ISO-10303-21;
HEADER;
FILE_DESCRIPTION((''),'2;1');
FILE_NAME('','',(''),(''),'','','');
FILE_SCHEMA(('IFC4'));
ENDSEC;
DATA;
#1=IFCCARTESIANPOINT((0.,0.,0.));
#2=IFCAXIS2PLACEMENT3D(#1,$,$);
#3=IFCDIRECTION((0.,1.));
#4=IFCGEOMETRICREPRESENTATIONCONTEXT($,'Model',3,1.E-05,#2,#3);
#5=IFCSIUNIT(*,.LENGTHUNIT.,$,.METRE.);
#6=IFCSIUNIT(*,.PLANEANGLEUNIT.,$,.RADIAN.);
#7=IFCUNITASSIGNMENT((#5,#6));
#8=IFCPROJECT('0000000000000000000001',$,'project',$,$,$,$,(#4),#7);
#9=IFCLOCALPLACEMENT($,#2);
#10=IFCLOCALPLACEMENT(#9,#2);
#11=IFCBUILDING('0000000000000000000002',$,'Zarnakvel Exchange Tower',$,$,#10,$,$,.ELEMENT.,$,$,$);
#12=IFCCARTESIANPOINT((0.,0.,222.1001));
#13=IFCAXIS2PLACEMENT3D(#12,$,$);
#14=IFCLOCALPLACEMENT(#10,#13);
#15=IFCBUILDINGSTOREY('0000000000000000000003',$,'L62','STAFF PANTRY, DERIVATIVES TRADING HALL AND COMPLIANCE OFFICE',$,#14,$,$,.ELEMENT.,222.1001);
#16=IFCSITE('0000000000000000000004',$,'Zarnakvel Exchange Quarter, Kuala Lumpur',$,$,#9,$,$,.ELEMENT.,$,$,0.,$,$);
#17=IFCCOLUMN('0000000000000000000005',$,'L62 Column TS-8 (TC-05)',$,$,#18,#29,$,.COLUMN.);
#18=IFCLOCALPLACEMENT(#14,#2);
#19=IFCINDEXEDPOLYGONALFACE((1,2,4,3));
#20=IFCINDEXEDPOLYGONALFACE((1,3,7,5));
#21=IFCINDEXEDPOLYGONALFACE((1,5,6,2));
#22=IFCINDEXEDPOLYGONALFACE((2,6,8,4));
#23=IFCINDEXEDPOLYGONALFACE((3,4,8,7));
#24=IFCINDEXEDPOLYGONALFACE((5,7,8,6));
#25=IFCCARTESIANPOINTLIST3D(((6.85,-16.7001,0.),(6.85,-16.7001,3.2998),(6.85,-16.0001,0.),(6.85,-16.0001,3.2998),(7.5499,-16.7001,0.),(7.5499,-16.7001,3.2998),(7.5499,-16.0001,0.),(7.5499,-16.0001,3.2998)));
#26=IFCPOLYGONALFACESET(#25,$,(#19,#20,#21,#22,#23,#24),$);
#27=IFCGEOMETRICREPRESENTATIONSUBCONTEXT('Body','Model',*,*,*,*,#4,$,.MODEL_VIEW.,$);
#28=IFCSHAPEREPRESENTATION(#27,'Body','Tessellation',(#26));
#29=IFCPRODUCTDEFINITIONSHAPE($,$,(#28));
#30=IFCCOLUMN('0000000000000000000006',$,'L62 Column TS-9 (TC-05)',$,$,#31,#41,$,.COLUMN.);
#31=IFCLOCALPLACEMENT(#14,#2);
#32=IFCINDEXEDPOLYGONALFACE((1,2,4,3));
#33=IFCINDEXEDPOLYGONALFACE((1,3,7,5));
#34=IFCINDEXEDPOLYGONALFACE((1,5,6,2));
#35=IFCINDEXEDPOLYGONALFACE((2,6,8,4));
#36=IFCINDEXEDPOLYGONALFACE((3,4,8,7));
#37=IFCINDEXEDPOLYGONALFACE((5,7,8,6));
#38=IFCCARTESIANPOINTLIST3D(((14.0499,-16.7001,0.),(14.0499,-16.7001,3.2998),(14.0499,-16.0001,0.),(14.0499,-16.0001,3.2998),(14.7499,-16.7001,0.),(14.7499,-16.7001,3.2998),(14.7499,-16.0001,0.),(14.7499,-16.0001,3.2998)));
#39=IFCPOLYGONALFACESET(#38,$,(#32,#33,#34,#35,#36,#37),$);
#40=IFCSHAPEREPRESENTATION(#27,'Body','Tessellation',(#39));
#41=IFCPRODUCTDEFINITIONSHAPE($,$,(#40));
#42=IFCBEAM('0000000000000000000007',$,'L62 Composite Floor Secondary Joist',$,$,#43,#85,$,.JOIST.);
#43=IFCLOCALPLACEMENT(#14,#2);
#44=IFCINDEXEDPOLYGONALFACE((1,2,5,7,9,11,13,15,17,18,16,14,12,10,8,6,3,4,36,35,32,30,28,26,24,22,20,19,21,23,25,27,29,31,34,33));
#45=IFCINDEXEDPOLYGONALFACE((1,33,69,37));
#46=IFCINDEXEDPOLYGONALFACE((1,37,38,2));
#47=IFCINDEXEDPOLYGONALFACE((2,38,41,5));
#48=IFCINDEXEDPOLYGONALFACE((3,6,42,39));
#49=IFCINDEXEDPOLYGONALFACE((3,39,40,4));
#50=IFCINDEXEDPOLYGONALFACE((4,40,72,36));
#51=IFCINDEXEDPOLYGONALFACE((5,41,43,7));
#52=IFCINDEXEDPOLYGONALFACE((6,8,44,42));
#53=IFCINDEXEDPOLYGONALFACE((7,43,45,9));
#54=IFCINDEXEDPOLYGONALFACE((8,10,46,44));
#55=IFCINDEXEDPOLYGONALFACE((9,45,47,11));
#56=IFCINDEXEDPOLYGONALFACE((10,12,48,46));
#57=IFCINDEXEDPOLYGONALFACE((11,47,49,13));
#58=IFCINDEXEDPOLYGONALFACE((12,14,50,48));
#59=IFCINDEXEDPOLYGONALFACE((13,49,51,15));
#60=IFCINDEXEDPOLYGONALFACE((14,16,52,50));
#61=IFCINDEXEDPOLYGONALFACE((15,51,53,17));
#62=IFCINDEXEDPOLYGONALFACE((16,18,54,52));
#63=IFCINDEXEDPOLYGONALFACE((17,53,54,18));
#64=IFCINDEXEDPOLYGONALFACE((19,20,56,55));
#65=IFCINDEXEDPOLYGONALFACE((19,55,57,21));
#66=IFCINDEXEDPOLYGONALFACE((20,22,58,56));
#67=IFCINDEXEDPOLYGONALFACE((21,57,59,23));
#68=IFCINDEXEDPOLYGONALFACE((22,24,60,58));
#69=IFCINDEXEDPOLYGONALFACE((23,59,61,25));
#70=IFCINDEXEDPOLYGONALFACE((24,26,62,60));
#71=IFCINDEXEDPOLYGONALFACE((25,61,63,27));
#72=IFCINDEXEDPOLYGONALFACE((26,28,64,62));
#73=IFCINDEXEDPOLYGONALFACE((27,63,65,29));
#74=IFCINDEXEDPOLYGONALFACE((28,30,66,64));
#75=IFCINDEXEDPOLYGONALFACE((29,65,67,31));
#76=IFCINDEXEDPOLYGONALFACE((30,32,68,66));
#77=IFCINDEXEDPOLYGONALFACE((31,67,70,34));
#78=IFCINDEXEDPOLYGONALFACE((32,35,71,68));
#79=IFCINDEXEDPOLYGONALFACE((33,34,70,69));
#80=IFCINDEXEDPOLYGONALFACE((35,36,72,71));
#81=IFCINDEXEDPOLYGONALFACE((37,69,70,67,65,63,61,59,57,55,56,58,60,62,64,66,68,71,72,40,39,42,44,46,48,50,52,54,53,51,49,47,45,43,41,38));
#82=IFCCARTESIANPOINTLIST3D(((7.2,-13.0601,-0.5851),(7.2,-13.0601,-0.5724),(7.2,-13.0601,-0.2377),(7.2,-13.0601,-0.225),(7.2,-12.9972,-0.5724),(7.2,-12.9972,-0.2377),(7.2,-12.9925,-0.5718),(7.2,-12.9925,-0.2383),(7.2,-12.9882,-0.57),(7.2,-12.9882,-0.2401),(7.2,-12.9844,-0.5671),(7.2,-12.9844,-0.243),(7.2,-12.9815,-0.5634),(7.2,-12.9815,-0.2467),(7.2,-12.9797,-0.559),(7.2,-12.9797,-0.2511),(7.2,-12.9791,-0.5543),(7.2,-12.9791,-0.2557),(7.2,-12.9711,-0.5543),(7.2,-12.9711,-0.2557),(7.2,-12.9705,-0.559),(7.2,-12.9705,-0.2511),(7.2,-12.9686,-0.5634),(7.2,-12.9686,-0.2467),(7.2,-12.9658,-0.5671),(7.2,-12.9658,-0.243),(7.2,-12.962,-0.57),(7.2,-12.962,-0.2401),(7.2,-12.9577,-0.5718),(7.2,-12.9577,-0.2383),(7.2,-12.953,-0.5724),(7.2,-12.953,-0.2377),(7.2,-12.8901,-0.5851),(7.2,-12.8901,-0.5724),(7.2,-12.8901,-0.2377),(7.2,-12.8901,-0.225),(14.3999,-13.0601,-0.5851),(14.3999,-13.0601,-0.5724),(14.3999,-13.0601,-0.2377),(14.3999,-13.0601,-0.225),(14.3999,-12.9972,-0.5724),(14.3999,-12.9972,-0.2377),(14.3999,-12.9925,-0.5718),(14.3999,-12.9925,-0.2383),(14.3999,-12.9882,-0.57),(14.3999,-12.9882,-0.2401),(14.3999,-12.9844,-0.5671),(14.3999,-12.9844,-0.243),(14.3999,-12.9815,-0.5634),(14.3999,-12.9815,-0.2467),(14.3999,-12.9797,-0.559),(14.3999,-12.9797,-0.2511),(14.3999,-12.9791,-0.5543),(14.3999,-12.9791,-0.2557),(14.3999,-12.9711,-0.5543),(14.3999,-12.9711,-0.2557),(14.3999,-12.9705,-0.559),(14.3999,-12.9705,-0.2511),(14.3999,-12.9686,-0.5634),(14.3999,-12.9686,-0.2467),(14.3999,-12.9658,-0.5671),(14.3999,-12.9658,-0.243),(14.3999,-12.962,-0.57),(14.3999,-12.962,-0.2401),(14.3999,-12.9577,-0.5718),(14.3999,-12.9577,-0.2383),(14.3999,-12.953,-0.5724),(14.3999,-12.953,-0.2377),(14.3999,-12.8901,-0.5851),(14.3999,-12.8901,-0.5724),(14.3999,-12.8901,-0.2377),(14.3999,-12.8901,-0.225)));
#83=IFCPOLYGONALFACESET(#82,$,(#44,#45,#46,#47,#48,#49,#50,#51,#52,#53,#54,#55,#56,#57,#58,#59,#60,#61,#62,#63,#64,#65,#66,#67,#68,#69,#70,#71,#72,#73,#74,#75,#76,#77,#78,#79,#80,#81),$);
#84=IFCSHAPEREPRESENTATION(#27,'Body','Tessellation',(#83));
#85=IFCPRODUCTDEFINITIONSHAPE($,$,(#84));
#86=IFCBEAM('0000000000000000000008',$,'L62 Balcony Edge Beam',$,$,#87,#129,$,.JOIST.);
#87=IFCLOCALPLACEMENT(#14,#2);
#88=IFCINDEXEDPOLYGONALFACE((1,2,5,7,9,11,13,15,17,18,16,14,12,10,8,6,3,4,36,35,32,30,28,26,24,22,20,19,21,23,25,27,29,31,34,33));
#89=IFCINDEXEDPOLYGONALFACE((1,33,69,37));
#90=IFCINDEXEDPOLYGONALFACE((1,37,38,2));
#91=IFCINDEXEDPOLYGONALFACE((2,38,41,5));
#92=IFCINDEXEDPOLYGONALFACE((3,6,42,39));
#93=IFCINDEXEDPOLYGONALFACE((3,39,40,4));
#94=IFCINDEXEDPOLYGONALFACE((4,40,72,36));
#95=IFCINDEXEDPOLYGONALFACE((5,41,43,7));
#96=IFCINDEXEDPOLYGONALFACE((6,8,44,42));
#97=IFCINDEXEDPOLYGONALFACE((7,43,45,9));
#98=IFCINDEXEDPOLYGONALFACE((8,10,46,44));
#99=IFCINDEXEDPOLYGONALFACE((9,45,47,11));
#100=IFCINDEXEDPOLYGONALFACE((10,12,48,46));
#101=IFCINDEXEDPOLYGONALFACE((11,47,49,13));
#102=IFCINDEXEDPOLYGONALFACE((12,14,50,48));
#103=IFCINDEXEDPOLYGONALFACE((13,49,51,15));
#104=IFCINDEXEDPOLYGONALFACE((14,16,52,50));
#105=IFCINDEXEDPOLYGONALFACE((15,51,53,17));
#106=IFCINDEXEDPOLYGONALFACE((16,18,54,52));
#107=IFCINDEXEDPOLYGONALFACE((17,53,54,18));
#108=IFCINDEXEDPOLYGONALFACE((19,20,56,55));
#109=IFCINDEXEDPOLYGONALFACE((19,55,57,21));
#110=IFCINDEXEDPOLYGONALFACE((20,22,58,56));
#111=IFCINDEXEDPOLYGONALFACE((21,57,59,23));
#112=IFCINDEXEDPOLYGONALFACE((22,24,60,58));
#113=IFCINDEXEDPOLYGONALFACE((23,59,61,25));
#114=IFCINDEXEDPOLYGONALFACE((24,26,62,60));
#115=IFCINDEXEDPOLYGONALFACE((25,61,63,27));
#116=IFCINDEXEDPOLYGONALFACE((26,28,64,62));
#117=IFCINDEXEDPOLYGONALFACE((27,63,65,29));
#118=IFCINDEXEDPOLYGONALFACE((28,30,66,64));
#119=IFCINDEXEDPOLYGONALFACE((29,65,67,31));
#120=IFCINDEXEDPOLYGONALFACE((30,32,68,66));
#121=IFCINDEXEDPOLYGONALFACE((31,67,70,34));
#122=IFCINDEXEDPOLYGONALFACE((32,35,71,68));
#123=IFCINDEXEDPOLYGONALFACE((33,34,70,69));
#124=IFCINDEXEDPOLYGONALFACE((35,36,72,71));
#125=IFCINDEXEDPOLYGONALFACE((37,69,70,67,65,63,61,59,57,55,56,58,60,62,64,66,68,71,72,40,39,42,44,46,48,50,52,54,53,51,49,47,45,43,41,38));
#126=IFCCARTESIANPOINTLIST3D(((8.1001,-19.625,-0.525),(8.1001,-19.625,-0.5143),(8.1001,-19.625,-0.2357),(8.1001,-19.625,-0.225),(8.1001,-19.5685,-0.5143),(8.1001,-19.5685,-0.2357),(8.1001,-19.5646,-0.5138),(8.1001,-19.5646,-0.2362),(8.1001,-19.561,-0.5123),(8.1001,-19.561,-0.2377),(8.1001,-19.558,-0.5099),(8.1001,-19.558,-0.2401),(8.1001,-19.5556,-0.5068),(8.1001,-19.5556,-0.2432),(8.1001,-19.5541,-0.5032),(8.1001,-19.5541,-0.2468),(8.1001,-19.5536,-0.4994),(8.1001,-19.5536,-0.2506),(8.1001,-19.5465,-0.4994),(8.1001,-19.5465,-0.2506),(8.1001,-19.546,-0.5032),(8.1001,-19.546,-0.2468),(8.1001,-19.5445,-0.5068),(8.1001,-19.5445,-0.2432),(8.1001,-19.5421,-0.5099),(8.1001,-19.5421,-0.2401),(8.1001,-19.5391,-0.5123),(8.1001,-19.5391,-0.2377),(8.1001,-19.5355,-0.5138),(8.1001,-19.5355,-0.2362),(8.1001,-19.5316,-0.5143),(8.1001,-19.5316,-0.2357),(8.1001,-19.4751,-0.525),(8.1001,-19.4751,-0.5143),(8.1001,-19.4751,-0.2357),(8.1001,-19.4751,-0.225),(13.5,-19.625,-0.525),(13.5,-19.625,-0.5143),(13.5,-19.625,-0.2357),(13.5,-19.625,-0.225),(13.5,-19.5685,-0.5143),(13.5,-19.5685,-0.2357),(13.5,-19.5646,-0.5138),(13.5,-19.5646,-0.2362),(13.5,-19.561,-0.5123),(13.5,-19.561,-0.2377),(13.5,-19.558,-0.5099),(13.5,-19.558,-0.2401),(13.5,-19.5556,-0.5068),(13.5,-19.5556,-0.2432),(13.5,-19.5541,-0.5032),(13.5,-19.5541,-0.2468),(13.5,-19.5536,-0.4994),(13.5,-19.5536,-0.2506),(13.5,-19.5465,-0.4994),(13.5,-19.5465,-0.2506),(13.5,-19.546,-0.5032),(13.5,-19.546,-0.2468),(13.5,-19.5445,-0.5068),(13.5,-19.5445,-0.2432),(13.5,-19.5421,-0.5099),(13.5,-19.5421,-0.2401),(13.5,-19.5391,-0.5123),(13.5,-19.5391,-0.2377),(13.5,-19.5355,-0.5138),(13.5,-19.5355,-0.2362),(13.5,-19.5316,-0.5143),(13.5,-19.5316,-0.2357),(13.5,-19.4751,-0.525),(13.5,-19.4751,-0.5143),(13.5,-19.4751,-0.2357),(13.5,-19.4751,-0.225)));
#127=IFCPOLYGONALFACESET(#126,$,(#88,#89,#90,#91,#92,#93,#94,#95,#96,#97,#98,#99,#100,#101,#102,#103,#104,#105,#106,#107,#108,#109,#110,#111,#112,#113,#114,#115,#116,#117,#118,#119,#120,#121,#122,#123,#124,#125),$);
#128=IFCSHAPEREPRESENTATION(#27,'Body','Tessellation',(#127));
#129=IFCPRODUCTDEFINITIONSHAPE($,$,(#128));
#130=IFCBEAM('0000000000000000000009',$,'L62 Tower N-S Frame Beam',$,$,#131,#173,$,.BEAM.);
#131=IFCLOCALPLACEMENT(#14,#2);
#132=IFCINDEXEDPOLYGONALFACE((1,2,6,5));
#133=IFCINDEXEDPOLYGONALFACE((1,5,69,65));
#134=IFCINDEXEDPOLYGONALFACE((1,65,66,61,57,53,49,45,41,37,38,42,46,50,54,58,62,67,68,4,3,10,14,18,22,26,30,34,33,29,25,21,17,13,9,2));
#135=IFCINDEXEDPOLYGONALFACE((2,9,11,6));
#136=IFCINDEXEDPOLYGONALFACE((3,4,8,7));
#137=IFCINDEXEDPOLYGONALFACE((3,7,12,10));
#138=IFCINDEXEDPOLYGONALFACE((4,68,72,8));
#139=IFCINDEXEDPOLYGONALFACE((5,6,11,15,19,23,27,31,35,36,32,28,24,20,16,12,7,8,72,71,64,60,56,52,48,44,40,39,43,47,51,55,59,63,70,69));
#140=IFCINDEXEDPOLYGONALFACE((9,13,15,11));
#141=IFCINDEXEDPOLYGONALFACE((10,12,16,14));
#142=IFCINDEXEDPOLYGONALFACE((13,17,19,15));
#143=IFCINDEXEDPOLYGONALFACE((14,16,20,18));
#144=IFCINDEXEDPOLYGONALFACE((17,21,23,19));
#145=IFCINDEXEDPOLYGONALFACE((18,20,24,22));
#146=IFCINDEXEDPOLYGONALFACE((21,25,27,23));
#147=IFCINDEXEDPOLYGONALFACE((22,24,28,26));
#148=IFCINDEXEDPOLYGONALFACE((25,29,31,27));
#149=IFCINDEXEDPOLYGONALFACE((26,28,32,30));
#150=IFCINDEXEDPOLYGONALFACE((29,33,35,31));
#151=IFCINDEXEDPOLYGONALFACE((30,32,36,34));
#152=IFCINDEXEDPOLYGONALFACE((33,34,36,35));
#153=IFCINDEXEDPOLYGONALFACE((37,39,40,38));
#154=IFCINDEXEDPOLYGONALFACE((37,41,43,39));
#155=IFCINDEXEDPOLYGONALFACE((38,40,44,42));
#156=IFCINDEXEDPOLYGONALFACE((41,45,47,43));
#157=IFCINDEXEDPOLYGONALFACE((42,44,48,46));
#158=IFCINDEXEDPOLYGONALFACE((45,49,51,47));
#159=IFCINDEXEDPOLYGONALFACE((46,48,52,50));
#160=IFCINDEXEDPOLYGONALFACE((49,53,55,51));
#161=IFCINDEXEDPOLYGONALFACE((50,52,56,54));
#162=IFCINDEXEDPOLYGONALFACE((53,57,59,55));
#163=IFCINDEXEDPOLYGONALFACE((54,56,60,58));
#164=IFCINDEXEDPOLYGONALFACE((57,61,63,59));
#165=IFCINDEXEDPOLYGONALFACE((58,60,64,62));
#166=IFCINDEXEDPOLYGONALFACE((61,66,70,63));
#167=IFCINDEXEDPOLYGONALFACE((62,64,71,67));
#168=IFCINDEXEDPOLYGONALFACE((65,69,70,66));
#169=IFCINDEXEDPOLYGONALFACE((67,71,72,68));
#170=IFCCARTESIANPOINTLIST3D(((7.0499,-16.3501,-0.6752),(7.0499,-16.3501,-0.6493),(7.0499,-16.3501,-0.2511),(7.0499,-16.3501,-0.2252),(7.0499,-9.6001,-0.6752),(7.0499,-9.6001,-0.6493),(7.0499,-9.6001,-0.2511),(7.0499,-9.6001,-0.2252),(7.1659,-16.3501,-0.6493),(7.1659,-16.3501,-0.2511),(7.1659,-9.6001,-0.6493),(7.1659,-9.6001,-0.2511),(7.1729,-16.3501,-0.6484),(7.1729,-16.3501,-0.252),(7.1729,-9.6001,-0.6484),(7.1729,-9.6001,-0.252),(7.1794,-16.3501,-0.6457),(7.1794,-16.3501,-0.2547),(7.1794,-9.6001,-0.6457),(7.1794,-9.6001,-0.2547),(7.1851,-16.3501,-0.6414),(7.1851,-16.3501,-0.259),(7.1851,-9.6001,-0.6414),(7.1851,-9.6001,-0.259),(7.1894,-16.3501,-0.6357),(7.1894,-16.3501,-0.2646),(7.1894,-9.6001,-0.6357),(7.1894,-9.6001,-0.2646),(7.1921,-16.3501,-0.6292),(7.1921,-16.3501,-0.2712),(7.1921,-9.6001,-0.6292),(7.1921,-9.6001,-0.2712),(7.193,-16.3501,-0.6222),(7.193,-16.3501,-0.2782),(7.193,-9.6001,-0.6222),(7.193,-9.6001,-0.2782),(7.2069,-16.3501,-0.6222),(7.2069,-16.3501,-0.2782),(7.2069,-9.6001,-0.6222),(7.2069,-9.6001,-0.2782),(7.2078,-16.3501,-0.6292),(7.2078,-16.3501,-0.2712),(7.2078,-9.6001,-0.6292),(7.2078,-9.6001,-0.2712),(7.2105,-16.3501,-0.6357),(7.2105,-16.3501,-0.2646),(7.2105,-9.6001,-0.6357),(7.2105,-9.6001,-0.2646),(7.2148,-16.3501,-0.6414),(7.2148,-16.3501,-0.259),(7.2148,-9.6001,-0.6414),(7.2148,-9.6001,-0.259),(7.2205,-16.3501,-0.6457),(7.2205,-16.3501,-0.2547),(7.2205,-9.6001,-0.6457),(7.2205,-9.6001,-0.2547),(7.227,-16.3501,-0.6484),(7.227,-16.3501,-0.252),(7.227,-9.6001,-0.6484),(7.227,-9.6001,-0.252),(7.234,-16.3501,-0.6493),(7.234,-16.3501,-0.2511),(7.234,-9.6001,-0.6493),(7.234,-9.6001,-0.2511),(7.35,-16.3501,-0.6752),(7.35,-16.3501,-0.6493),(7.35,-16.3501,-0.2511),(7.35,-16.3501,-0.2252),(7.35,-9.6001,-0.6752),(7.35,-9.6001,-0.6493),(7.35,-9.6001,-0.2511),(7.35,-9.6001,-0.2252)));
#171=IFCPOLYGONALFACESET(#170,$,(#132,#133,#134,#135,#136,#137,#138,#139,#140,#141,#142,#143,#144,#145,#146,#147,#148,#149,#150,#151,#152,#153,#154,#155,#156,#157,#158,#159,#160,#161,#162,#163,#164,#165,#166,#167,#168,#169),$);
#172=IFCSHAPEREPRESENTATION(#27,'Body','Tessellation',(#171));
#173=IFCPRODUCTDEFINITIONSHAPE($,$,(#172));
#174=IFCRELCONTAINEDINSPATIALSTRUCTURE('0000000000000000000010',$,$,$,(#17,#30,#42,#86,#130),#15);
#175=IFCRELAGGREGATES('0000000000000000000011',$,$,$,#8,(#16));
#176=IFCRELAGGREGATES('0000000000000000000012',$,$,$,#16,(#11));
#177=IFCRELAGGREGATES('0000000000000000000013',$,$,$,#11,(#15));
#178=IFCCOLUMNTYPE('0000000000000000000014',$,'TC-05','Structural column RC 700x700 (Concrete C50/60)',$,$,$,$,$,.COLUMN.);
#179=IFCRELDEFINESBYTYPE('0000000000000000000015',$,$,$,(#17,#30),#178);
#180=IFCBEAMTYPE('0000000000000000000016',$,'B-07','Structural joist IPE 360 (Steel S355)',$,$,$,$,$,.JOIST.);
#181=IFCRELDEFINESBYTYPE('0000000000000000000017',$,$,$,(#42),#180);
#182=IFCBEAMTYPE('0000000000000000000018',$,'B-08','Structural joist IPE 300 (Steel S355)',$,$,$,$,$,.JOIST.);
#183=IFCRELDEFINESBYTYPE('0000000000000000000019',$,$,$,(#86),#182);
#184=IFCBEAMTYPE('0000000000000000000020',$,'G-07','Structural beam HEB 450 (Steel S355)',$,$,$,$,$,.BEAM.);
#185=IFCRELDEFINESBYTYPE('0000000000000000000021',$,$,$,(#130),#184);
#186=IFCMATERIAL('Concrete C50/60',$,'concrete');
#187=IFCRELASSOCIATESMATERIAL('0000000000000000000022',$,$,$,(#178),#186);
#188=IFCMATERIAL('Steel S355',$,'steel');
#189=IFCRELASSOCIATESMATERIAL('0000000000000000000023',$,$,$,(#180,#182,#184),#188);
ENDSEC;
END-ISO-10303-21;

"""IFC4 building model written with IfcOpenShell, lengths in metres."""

from ifc_helpers import new_model, si_unit, direction, frame, origin, origin_2d, place, context, subcontext, project, spatial, rectangle, i_section, extrude, material, material_profile, profile_set, type_object, element, save


model = new_model("IFC4")

# Units and contexts
model_context = context("Model", 3, precision=1e-05, world=origin(), true_north=direction((0.0, 1.0)))
body_context = subcontext(model_context, "Body", "Model", "MODEL_VIEW")
ifc_project = project(units=[si_unit("LENGTHUNIT", "METRE"), si_unit("PLANEANGLEUNIT", "RADIAN")], contexts=[model_context])

# Site, building, storey
site_placement = place(None, origin())
site = spatial("IfcSite", under=ifc_project, at=site_placement, Name="Zarnakvel Exchange Quarter, Kuala Lumpur", CompositionType="ELEMENT", RefElevation=0.0)
building_placement = place(site_placement, origin())
building = spatial("IfcBuilding", under=site, at=building_placement, Name="Zarnakvel Exchange Tower", CompositionType="ELEMENT")
storey_placement = place(building_placement, frame((0.0, 0.0, 222.1001)))
storey = spatial("IfcBuildingStorey", under=building, at=storey_placement, Name="L62", Description="STAFF PANTRY, DERIVATIVES TRADING HALL AND COMPLIANCE OFFICE", CompositionType="ELEMENT", Elevation=222.1001)

# Columns
ifc_material_1 = material(Name="Concrete C50/60", Category="concrete")
ifc_material_profile_1 = material_profile(ifc_material_1, rectangle(XDim=0.7, YDim=0.7, at=origin_2d()))
ifc_profile_set_1 = profile_set([ifc_material_profile_1], Name="Concrete C50/60")
column_type = type_object("IfcColumnType", Name="TC-05", Description="Structural column RC 700x700 (Concrete C50/60)", PredefinedType="COLUMN", material=ifc_profile_set_1)
for number, where, z_axis, x_axis, name in (
    (1, (7.2, -16.3501, 0.0), (0.0, 0.0, 1.0), (1.0, 0.0, 0.0), "L62 Column TS-8 (TC-05)"),
    (2, (14.3999, -16.3501, 0.0), (0.0, 0.0, 1.0), (1.0, 0.0, 0.0), "L62 Column TS-9 (TC-05)"),
):
    element("IfcColumn", number, at=place(storey_placement, frame(where, z_axis=z_axis, x_axis=x_axis)), inside=storey, type_object=column_type, Name=name, PredefinedType="COLUMN", context=body_context, shape_type="SweptSolid", body=[
        extrude(rectangle(XDim=0.7, YDim=0.7, at=origin_2d()), origin(), (0.0, 0.0, 1.0), 3.2998),
    ])

# Beams
ifc_material_2 = material(Name="Steel S355", Category="steel")
ifc_material_profile_2 = material_profile(ifc_material_2, i_section(OverallWidth=0.1699, OverallDepth=0.3601, WebThickness=0.0081, FlangeThickness=0.0127, FilletRadius=0.0181, at=origin_2d()))
ifc_profile_set_2 = profile_set([ifc_material_profile_2], Name="Steel S355")
beam_type_1 = type_object("IfcBeamType", Name="B-07", Description="Structural joist IPE 360 (Steel S355)", PredefinedType="JOIST", material=ifc_profile_set_2)
beam_1_placement = place(storey_placement, frame((7.2, -12.9751, -0.405), z_axis=(1.0, 0.0, 0.0), x_axis=(0.0, 1.0, 0.0)))
element("IfcBeam", 3, at=beam_1_placement, inside=storey, type_object=beam_type_1, Name="L62 Composite Floor Secondary Joist", PredefinedType="JOIST", context=body_context, shape_type="SweptSolid", body=[
    extrude(i_section(OverallWidth=0.1699, OverallDepth=0.3601, WebThickness=0.0081, FlangeThickness=0.0127, FilletRadius=0.0181, at=origin_2d()), origin(), (0.0, 0.0, 1.0), 7.2),
])
ifc_material_profile_3 = material_profile(ifc_material_2, i_section(OverallWidth=0.1499, OverallDepth=0.3, WebThickness=0.0071, FlangeThickness=0.0107, FilletRadius=0.0149, at=origin_2d()))
ifc_profile_set_3 = profile_set([ifc_material_profile_3], Name="Steel S355")
beam_type_2 = type_object("IfcBeamType", Name="B-08", Description="Structural joist IPE 300 (Steel S355)", PredefinedType="JOIST", material=ifc_profile_set_3)
beam_2_placement = place(storey_placement, frame((8.1001, -19.55, -0.375), z_axis=(1.0, 0.0, 0.0), x_axis=(0.0, 1.0, 0.0)))
element("IfcBeam", 4, at=beam_2_placement, inside=storey, type_object=beam_type_2, Name="L62 Balcony Edge Beam", PredefinedType="JOIST", context=body_context, shape_type="SweptSolid", body=[
    extrude(i_section(OverallWidth=0.1499, OverallDepth=0.3, WebThickness=0.0071, FlangeThickness=0.0107, FilletRadius=0.0149, at=origin_2d()), origin(), (0.0, 0.0, 1.0), 5.3999),
])
ifc_material_profile_4 = material_profile(ifc_material_2, i_section(OverallWidth=0.3, OverallDepth=0.45, WebThickness=0.0139, FlangeThickness=0.0259, FilletRadius=0.0271, at=origin_2d()))
ifc_profile_set_4 = profile_set([ifc_material_profile_4], Name="Steel S355")
beam_type_3 = type_object("IfcBeamType", Name="G-07", Description="Structural beam HEB 450 (Steel S355)", PredefinedType="BEAM", material=ifc_profile_set_4)
for number, where, z_axis, x_axis, name in (
    (5, (7.2, -16.3501, -0.4502), (0.0, 1.0, 0.0), (-1.0, 0.0, 0.0), "L62 Tower N-S Frame Beam"),
):
    element("IfcBeam", number, at=place(storey_placement, frame(where, z_axis=z_axis, x_axis=x_axis)), inside=storey, type_object=beam_type_3, Name=name, PredefinedType="BEAM", context=body_context, shape_type="SweptSolid", body=[
        extrude(i_section(OverallWidth=0.3, OverallDepth=0.45, WebThickness=0.0139, FlangeThickness=0.0259, FilletRadius=0.0271, at=origin_2d()), origin(), (0.0, 0.0, 1.0), 6.75),
    ])

save(model, "model.ifc")
